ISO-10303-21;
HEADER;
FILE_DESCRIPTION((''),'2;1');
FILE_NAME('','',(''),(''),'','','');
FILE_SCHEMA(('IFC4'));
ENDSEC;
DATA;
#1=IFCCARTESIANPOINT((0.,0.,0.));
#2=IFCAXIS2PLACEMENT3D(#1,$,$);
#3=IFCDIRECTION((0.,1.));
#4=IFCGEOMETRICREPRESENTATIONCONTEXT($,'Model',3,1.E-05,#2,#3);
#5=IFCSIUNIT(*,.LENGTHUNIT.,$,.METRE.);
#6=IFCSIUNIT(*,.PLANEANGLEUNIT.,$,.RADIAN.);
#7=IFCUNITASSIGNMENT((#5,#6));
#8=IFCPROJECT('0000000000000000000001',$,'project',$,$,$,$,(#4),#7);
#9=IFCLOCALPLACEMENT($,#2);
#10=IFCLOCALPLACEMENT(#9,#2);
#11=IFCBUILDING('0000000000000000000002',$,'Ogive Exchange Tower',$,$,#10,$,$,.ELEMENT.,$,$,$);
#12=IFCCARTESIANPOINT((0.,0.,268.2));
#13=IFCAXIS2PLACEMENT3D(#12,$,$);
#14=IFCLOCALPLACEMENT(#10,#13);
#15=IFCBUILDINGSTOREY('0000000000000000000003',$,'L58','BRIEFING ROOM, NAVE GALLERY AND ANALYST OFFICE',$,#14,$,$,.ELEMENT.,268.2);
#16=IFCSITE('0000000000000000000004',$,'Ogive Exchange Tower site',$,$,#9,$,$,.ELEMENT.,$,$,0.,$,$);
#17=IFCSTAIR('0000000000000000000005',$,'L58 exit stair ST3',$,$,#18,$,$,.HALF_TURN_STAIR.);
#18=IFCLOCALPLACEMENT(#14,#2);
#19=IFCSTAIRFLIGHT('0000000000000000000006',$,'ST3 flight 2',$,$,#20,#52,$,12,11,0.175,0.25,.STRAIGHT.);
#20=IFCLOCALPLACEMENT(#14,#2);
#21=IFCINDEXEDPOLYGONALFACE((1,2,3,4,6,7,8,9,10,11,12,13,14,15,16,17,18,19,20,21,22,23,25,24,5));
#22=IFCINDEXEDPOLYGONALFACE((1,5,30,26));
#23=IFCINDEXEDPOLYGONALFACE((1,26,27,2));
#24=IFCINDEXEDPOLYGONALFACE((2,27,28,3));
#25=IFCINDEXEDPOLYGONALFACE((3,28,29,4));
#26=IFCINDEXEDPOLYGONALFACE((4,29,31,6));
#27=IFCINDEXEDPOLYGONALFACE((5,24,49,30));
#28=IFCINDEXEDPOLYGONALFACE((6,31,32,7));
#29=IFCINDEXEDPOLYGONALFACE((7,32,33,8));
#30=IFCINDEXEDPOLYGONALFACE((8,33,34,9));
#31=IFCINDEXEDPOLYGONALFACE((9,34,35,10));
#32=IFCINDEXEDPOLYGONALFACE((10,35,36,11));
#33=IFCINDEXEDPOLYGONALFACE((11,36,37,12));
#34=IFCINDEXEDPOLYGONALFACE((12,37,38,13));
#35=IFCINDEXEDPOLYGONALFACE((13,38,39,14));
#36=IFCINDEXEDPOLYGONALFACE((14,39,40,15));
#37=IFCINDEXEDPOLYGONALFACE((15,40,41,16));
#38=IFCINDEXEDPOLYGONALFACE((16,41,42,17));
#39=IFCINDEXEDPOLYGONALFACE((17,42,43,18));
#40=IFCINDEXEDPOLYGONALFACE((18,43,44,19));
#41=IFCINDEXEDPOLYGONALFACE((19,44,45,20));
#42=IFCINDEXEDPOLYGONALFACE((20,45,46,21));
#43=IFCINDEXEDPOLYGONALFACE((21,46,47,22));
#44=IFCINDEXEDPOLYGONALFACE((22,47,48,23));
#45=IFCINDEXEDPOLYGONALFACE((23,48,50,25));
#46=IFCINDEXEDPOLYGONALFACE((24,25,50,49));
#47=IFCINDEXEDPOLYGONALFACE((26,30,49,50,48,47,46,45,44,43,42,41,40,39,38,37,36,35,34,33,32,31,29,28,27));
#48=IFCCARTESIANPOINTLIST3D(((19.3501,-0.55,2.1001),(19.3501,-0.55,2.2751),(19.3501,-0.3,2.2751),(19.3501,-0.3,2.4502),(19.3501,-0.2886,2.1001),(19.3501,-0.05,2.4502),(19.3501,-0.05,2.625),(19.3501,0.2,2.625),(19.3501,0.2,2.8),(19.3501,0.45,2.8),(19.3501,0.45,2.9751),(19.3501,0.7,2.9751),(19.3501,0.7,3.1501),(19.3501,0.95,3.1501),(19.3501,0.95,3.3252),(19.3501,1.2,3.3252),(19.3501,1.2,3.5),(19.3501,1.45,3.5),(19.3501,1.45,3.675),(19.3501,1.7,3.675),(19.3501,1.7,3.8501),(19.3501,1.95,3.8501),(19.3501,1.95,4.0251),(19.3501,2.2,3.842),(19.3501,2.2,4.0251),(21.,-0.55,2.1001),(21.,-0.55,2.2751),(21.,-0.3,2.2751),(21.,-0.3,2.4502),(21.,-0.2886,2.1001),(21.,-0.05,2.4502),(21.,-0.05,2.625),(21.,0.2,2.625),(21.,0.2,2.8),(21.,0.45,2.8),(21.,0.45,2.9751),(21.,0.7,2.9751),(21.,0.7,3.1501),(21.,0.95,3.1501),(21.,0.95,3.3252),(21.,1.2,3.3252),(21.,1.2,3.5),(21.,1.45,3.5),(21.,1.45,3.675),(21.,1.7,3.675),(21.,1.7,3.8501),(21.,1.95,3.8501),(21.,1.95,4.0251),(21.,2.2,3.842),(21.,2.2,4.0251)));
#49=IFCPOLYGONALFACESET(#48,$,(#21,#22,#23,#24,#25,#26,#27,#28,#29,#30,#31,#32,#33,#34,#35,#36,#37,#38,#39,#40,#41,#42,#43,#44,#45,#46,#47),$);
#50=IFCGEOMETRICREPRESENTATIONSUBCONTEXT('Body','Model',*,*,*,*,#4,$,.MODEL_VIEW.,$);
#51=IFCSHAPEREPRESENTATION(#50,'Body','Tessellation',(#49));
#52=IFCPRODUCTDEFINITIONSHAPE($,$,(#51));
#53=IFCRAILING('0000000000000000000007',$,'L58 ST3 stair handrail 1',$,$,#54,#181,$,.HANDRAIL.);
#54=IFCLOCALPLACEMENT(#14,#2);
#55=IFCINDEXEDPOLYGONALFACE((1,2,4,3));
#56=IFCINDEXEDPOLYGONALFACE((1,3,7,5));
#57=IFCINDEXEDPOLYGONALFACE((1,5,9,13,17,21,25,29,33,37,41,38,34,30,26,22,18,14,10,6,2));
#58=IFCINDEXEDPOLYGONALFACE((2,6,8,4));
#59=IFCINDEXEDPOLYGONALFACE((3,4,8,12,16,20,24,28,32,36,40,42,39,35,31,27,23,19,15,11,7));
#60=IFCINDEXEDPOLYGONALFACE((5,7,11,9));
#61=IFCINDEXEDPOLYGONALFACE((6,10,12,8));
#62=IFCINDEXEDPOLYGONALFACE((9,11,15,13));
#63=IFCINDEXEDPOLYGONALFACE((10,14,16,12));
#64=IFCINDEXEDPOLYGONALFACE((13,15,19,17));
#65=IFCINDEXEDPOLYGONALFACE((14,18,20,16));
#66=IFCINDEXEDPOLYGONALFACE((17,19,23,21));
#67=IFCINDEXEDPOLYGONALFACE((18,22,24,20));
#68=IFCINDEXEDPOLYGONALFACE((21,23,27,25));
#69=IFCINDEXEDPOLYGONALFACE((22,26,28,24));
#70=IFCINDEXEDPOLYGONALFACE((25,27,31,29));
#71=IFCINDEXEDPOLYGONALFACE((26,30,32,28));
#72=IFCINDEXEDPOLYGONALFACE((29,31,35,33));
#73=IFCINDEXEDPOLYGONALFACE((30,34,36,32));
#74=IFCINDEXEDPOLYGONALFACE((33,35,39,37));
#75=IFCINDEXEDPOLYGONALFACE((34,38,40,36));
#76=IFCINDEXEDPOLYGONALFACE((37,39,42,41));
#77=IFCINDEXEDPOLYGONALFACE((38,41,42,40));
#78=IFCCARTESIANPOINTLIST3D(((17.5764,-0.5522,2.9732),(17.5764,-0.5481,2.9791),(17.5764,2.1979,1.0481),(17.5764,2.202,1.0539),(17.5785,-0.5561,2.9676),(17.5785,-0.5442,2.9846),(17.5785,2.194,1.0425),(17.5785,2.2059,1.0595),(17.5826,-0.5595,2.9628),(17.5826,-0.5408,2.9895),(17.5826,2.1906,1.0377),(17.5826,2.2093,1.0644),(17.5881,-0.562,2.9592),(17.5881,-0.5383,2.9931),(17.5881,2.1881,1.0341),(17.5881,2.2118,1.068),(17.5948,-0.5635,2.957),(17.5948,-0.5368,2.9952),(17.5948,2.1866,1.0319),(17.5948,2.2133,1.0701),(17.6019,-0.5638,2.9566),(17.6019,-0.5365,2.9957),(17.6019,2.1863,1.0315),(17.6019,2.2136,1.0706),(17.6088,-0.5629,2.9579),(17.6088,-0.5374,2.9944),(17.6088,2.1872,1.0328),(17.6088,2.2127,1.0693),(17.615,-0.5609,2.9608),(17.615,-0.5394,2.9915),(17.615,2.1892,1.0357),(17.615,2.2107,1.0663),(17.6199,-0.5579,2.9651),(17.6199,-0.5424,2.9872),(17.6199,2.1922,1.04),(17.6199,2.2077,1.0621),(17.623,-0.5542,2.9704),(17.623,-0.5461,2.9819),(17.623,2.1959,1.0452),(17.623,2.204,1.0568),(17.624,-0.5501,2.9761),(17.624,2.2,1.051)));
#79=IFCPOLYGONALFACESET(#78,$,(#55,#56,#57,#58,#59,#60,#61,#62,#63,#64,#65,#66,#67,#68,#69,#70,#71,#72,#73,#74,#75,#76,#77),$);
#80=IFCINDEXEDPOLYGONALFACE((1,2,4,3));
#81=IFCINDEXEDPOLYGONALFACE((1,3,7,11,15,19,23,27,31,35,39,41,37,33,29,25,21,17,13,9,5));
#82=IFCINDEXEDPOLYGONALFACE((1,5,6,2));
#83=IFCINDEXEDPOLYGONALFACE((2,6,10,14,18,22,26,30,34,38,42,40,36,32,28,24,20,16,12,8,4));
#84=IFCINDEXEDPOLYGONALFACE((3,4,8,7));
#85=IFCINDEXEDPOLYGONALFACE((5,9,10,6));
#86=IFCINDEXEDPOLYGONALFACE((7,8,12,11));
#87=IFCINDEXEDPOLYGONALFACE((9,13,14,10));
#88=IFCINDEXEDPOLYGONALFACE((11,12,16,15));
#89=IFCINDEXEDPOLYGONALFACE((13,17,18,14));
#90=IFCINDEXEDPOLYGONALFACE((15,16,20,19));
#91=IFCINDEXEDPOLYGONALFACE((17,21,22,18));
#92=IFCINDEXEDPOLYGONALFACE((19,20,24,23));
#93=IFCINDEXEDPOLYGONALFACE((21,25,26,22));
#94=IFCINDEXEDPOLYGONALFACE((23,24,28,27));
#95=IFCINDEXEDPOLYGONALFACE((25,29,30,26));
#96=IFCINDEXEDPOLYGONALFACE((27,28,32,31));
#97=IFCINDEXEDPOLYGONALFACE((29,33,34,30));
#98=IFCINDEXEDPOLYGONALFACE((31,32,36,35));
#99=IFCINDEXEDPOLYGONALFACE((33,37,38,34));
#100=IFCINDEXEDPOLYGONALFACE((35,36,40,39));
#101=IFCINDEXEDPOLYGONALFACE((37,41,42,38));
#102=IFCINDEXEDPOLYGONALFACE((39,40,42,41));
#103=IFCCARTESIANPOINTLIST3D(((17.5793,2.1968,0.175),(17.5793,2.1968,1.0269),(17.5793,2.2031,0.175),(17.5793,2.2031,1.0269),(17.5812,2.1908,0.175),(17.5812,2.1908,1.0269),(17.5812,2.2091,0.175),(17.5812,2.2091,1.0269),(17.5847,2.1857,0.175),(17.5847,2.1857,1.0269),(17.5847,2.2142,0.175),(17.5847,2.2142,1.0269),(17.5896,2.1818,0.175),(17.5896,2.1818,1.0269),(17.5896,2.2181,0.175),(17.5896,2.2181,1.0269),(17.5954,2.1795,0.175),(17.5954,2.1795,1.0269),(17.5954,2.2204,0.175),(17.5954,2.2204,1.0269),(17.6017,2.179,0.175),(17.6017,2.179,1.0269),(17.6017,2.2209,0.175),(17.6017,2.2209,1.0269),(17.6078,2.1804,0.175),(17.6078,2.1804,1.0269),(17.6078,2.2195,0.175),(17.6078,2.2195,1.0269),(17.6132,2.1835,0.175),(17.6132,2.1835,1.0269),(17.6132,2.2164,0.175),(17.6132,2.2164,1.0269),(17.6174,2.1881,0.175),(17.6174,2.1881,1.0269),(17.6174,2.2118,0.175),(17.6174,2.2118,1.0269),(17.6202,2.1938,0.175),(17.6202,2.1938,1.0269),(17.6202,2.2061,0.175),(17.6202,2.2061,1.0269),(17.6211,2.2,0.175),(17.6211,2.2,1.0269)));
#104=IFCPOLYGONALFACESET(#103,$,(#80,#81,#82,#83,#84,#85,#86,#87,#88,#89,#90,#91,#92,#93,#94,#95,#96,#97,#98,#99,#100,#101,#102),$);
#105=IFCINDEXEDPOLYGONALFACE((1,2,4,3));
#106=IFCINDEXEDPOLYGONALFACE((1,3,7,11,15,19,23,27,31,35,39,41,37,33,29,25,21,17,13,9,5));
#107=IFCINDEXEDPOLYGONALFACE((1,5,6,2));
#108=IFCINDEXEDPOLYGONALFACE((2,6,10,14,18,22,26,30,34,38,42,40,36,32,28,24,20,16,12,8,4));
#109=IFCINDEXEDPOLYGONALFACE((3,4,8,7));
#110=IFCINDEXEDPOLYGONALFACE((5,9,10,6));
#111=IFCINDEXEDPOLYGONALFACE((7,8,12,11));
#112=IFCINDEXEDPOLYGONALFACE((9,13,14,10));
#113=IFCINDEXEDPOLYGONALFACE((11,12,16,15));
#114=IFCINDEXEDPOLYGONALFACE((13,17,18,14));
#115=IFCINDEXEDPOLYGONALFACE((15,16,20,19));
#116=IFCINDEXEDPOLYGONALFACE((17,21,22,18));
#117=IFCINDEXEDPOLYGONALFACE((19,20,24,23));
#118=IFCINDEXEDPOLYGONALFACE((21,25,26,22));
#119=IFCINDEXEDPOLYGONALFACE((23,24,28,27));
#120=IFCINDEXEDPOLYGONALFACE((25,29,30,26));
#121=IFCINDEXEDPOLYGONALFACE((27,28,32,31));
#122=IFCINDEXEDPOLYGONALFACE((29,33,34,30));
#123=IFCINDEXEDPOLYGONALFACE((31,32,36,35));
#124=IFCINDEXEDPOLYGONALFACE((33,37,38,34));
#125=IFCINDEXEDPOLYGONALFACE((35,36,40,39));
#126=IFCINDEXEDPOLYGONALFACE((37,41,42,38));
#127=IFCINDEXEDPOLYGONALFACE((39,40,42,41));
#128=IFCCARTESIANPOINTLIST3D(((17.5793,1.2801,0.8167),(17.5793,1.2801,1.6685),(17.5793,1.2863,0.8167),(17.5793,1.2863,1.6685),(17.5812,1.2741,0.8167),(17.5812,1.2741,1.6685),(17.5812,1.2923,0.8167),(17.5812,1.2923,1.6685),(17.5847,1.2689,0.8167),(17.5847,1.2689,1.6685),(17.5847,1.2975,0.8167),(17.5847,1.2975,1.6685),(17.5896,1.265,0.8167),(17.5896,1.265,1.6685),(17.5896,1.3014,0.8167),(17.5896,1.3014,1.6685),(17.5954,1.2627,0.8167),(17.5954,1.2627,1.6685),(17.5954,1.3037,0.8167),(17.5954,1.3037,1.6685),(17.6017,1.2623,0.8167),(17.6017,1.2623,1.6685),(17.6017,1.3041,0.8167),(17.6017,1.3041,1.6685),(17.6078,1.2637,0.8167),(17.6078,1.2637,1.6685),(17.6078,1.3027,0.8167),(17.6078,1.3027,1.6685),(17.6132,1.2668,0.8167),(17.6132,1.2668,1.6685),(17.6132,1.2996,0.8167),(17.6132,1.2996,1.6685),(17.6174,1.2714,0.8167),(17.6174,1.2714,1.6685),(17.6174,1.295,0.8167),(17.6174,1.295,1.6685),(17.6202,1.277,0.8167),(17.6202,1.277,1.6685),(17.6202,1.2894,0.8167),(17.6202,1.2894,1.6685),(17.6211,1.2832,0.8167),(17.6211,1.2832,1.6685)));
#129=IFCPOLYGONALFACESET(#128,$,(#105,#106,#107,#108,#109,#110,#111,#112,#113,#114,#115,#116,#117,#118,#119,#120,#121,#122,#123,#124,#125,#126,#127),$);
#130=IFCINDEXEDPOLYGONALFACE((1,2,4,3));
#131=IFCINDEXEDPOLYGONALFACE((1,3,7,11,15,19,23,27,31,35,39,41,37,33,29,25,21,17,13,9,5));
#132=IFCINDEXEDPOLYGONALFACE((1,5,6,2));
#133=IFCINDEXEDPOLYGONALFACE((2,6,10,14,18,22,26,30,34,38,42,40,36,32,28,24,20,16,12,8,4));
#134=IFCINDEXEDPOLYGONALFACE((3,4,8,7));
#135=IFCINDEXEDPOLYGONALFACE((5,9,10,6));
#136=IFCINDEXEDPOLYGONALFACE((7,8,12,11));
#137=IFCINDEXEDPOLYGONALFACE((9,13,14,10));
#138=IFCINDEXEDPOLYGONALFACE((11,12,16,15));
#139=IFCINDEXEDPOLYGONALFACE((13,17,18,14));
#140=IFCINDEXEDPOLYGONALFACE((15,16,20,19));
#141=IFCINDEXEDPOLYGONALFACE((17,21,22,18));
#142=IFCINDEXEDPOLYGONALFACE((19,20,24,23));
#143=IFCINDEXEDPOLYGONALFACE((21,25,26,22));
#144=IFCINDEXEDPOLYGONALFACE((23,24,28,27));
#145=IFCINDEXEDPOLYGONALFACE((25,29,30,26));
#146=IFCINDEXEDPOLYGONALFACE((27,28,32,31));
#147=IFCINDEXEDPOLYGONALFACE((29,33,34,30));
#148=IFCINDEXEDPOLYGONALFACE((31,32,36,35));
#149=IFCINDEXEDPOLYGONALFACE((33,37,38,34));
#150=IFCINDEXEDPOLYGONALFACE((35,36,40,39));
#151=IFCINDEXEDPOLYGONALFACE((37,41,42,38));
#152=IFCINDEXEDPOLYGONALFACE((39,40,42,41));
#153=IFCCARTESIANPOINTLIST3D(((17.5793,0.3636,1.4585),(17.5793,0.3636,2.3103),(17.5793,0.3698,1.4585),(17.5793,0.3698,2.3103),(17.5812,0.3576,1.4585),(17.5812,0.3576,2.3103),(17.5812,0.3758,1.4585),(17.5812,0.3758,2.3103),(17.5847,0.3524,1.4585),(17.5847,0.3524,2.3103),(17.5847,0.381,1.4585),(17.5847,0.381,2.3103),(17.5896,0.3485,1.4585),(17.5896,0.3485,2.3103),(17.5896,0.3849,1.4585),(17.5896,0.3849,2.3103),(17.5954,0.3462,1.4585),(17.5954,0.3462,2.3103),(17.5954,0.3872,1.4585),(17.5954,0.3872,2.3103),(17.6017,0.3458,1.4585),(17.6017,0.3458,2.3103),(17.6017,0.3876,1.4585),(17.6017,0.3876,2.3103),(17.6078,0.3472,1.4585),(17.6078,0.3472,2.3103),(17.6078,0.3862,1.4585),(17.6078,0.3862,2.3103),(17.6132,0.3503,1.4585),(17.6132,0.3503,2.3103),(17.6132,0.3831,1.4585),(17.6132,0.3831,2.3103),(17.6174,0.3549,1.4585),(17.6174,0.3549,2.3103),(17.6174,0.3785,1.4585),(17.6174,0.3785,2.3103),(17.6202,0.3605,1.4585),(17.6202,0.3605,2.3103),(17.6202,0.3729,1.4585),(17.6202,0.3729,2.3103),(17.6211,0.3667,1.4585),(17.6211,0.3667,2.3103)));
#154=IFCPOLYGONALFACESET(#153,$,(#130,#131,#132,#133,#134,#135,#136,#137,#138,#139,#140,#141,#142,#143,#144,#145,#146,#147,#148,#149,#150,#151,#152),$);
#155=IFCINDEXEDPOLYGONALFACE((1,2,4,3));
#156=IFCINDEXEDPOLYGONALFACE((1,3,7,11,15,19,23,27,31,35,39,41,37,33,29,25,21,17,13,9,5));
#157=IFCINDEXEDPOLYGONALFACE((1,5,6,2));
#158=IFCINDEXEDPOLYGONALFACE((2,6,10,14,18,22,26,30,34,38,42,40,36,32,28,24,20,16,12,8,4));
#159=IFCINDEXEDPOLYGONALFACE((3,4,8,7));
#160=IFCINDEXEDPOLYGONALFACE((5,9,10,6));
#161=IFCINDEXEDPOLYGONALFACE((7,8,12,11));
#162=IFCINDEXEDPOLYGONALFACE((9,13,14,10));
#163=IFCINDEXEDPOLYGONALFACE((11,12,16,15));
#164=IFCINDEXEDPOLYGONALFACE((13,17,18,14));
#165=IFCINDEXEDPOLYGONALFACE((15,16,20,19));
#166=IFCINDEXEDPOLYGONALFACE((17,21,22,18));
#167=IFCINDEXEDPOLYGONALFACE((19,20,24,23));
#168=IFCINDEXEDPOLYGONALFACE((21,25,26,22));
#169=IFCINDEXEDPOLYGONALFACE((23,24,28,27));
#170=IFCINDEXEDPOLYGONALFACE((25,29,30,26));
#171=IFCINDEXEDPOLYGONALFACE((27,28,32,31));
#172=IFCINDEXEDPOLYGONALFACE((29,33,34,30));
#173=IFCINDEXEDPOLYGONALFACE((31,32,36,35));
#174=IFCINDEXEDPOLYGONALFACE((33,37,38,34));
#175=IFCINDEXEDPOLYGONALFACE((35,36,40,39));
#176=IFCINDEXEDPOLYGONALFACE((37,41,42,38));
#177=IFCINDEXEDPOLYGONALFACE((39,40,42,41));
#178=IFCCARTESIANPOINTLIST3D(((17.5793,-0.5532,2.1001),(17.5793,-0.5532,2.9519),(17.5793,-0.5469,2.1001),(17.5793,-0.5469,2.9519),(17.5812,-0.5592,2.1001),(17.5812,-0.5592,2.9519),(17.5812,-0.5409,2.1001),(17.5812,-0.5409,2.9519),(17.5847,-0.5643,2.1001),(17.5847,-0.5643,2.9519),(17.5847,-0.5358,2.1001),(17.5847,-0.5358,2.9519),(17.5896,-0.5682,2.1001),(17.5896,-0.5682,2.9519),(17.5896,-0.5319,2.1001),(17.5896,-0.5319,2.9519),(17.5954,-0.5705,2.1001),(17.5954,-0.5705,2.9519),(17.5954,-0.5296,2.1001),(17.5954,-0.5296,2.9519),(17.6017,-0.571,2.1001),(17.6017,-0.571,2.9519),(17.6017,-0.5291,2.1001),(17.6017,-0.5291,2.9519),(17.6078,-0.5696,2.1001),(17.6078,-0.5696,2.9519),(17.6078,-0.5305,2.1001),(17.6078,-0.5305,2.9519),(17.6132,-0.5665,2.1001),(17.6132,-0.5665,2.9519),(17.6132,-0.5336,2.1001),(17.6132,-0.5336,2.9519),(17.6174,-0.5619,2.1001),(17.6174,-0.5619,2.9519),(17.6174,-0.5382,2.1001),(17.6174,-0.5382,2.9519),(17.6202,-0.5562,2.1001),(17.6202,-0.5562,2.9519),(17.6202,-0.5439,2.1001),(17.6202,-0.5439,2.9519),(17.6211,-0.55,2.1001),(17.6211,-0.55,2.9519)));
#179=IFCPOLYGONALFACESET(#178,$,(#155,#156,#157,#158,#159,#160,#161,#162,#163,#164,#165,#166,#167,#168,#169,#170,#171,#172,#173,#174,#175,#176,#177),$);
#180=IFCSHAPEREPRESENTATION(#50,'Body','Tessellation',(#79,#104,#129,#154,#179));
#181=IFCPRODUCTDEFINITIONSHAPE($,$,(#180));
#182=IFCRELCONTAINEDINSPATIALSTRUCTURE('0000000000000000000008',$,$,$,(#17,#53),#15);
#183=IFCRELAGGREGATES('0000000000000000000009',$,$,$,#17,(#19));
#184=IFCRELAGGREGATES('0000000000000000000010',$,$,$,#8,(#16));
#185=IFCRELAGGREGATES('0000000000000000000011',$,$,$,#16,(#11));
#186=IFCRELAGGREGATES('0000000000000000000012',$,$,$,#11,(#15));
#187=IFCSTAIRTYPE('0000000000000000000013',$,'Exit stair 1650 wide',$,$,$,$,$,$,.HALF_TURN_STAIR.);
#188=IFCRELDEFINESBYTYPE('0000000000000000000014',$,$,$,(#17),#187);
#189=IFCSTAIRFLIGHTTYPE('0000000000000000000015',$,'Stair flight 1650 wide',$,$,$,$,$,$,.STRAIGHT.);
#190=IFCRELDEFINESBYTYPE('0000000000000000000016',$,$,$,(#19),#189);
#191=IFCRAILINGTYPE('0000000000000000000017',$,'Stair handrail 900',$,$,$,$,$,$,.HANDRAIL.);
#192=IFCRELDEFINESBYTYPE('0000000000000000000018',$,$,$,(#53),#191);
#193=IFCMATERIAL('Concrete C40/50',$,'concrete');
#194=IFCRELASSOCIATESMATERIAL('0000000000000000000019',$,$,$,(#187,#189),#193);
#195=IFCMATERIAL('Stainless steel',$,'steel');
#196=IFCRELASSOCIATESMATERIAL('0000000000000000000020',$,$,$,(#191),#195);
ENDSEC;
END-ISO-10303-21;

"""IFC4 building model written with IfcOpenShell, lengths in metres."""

from ifc_helpers import new_model, si_unit, direction, frame, origin, origin_2d, place, context, subcontext, project, spatial, polyline, circle, outline, extrude, material, type_object, element, aggregate, save


model = new_model("IFC4")

# Units and contexts
model_context = context("Model", 3, precision=1e-05, world=origin(), true_north=direction((0.0, 1.0)))
body_context = subcontext(model_context, "Body", "Model", "MODEL_VIEW")
ifc_project = project(units=[si_unit("LENGTHUNIT", "METRE"), si_unit("PLANEANGLEUNIT", "RADIAN")], contexts=[model_context])

# Site, building, storey
site_placement = place(None, origin())
site = spatial("IfcSite", under=ifc_project, at=site_placement, Name="Ogive Exchange Tower site", CompositionType="ELEMENT", RefElevation=0.0)
building_placement = place(site_placement, origin())
building = spatial("IfcBuilding", under=site, at=building_placement, Name="Ogive Exchange Tower", CompositionType="ELEMENT")
storey_placement = place(building_placement, frame((0.0, 0.0, 268.2)))
storey = spatial("IfcBuildingStorey", under=building, at=storey_placement, Name="L58", Description="BRIEFING ROOM, NAVE GALLERY AND ANALYST OFFICE", CompositionType="ELEMENT", Elevation=268.2)

# Shared definitions
ifc_material_1 = material(Name="Stainless steel", Category="steel")

# Stair, stair flight
ifc_material_2 = material(Name="Concrete C40/50", Category="concrete")
stair_type = type_object("IfcStairType", Name="Exit stair 1650 wide", PredefinedType="HALF_TURN_STAIR", material=ifc_material_2)
stair_placement = place(storey_placement, origin())
stair = element("IfcStair", 1, at=stair_placement, inside=storey, type_object=stair_type, Name="L58 exit stair ST3", PredefinedType="HALF_TURN_STAIR")
stair_flight_type = type_object("IfcStairFlightType", Name="Stair flight 1650 wide", PredefinedType="STRAIGHT", material=ifc_material_2)
stair_flight_1_placement = place(storey_placement, frame((20.175, -0.55, 2.1001), z_axis=(0.0, 0.0, 1.0), x_axis=(0.0, 1.0, 0.0)))
stair_flight_1 = element("IfcStairFlight", 2, at=stair_flight_1_placement, type_object=stair_flight_type, Name="ST3 flight 2", NumberOfRisers=12, NumberOfTreads=11, PredefinedType="STRAIGHT", RiserHeight=0.175, TreadLength=0.25, context=body_context, shape_type="SweptSolid", body=[
    extrude(outline(polyline([(0.0, 0.0), (0.0, 0.175), (0.25, 0.175), (0.25, 0.3501), (0.5, 0.3501), (0.5, 0.5249), (0.75, 0.5249), (0.75, 0.7), (1.0, 0.7), (1.0, 0.875), (1.25, 0.875), (1.25, 1.05), (1.5, 1.05), (1.5, 1.2251), (1.75, 1.2251), (1.75, 1.3999), (2.0, 1.3999), (2.0, 1.575), (2.25, 1.575), (2.25, 1.75), (2.5, 1.75), (2.5, 1.925), (2.75, 1.925), (2.75, 2.1001), (2.75, 1.7419), (0.2615, 0.0), (0.0, 0.0)])), frame((0.0, 0.825, 0.0), z_axis=(0.0, -1.0, 0.0), x_axis=(1.0, 0.0, 0.0)), (0.0, 0.0, 1.0), 1.6499),
])
aggregate(stair, [stair_flight_1])

# Railing
railing_type = type_object("IfcRailingType", Name="Stair handrail 900", PredefinedType="HANDRAIL", material=ifc_material_1)
railing_1_placement = place(storey_placement, frame((17.6001, 2.2, 0.175)))
element("IfcRailing", 3, at=railing_1_placement, inside=storey, type_object=railing_type, Name="L58 ST3 stair handrail 1", PredefinedType="HANDRAIL", context=body_context, shape_type="SweptSolid", body=[
    extrude(circle(Radius=0.0239, at=origin_2d()), frame((0.0, 0.0, 0.876), z_axis=(0.0, -0.819225, 0.573472), x_axis=(1.0, 0.0, 0.0)), (0.0, 0.0, 1.0), 3.3569),
    extrude(circle(Radius=0.021, at=origin_2d()), origin(), (0.0, 0.0, 1.0), 0.8518),
    extrude(circle(Radius=0.021, at=origin_2d()), frame((0.0, -0.9167, 0.6416)), (0.0, 0.0, 1.0), 0.8518),
    extrude(circle(Radius=0.021, at=origin_2d()), frame((0.0, -1.8333, 1.2834)), (0.0, 0.0, 1.0), 0.8518),
    extrude(circle(Radius=0.021, at=origin_2d()), frame((0.0, -2.75, 1.925)), (0.0, 0.0, 1.0), 0.8518),
])

save(model, "model.ifc")
